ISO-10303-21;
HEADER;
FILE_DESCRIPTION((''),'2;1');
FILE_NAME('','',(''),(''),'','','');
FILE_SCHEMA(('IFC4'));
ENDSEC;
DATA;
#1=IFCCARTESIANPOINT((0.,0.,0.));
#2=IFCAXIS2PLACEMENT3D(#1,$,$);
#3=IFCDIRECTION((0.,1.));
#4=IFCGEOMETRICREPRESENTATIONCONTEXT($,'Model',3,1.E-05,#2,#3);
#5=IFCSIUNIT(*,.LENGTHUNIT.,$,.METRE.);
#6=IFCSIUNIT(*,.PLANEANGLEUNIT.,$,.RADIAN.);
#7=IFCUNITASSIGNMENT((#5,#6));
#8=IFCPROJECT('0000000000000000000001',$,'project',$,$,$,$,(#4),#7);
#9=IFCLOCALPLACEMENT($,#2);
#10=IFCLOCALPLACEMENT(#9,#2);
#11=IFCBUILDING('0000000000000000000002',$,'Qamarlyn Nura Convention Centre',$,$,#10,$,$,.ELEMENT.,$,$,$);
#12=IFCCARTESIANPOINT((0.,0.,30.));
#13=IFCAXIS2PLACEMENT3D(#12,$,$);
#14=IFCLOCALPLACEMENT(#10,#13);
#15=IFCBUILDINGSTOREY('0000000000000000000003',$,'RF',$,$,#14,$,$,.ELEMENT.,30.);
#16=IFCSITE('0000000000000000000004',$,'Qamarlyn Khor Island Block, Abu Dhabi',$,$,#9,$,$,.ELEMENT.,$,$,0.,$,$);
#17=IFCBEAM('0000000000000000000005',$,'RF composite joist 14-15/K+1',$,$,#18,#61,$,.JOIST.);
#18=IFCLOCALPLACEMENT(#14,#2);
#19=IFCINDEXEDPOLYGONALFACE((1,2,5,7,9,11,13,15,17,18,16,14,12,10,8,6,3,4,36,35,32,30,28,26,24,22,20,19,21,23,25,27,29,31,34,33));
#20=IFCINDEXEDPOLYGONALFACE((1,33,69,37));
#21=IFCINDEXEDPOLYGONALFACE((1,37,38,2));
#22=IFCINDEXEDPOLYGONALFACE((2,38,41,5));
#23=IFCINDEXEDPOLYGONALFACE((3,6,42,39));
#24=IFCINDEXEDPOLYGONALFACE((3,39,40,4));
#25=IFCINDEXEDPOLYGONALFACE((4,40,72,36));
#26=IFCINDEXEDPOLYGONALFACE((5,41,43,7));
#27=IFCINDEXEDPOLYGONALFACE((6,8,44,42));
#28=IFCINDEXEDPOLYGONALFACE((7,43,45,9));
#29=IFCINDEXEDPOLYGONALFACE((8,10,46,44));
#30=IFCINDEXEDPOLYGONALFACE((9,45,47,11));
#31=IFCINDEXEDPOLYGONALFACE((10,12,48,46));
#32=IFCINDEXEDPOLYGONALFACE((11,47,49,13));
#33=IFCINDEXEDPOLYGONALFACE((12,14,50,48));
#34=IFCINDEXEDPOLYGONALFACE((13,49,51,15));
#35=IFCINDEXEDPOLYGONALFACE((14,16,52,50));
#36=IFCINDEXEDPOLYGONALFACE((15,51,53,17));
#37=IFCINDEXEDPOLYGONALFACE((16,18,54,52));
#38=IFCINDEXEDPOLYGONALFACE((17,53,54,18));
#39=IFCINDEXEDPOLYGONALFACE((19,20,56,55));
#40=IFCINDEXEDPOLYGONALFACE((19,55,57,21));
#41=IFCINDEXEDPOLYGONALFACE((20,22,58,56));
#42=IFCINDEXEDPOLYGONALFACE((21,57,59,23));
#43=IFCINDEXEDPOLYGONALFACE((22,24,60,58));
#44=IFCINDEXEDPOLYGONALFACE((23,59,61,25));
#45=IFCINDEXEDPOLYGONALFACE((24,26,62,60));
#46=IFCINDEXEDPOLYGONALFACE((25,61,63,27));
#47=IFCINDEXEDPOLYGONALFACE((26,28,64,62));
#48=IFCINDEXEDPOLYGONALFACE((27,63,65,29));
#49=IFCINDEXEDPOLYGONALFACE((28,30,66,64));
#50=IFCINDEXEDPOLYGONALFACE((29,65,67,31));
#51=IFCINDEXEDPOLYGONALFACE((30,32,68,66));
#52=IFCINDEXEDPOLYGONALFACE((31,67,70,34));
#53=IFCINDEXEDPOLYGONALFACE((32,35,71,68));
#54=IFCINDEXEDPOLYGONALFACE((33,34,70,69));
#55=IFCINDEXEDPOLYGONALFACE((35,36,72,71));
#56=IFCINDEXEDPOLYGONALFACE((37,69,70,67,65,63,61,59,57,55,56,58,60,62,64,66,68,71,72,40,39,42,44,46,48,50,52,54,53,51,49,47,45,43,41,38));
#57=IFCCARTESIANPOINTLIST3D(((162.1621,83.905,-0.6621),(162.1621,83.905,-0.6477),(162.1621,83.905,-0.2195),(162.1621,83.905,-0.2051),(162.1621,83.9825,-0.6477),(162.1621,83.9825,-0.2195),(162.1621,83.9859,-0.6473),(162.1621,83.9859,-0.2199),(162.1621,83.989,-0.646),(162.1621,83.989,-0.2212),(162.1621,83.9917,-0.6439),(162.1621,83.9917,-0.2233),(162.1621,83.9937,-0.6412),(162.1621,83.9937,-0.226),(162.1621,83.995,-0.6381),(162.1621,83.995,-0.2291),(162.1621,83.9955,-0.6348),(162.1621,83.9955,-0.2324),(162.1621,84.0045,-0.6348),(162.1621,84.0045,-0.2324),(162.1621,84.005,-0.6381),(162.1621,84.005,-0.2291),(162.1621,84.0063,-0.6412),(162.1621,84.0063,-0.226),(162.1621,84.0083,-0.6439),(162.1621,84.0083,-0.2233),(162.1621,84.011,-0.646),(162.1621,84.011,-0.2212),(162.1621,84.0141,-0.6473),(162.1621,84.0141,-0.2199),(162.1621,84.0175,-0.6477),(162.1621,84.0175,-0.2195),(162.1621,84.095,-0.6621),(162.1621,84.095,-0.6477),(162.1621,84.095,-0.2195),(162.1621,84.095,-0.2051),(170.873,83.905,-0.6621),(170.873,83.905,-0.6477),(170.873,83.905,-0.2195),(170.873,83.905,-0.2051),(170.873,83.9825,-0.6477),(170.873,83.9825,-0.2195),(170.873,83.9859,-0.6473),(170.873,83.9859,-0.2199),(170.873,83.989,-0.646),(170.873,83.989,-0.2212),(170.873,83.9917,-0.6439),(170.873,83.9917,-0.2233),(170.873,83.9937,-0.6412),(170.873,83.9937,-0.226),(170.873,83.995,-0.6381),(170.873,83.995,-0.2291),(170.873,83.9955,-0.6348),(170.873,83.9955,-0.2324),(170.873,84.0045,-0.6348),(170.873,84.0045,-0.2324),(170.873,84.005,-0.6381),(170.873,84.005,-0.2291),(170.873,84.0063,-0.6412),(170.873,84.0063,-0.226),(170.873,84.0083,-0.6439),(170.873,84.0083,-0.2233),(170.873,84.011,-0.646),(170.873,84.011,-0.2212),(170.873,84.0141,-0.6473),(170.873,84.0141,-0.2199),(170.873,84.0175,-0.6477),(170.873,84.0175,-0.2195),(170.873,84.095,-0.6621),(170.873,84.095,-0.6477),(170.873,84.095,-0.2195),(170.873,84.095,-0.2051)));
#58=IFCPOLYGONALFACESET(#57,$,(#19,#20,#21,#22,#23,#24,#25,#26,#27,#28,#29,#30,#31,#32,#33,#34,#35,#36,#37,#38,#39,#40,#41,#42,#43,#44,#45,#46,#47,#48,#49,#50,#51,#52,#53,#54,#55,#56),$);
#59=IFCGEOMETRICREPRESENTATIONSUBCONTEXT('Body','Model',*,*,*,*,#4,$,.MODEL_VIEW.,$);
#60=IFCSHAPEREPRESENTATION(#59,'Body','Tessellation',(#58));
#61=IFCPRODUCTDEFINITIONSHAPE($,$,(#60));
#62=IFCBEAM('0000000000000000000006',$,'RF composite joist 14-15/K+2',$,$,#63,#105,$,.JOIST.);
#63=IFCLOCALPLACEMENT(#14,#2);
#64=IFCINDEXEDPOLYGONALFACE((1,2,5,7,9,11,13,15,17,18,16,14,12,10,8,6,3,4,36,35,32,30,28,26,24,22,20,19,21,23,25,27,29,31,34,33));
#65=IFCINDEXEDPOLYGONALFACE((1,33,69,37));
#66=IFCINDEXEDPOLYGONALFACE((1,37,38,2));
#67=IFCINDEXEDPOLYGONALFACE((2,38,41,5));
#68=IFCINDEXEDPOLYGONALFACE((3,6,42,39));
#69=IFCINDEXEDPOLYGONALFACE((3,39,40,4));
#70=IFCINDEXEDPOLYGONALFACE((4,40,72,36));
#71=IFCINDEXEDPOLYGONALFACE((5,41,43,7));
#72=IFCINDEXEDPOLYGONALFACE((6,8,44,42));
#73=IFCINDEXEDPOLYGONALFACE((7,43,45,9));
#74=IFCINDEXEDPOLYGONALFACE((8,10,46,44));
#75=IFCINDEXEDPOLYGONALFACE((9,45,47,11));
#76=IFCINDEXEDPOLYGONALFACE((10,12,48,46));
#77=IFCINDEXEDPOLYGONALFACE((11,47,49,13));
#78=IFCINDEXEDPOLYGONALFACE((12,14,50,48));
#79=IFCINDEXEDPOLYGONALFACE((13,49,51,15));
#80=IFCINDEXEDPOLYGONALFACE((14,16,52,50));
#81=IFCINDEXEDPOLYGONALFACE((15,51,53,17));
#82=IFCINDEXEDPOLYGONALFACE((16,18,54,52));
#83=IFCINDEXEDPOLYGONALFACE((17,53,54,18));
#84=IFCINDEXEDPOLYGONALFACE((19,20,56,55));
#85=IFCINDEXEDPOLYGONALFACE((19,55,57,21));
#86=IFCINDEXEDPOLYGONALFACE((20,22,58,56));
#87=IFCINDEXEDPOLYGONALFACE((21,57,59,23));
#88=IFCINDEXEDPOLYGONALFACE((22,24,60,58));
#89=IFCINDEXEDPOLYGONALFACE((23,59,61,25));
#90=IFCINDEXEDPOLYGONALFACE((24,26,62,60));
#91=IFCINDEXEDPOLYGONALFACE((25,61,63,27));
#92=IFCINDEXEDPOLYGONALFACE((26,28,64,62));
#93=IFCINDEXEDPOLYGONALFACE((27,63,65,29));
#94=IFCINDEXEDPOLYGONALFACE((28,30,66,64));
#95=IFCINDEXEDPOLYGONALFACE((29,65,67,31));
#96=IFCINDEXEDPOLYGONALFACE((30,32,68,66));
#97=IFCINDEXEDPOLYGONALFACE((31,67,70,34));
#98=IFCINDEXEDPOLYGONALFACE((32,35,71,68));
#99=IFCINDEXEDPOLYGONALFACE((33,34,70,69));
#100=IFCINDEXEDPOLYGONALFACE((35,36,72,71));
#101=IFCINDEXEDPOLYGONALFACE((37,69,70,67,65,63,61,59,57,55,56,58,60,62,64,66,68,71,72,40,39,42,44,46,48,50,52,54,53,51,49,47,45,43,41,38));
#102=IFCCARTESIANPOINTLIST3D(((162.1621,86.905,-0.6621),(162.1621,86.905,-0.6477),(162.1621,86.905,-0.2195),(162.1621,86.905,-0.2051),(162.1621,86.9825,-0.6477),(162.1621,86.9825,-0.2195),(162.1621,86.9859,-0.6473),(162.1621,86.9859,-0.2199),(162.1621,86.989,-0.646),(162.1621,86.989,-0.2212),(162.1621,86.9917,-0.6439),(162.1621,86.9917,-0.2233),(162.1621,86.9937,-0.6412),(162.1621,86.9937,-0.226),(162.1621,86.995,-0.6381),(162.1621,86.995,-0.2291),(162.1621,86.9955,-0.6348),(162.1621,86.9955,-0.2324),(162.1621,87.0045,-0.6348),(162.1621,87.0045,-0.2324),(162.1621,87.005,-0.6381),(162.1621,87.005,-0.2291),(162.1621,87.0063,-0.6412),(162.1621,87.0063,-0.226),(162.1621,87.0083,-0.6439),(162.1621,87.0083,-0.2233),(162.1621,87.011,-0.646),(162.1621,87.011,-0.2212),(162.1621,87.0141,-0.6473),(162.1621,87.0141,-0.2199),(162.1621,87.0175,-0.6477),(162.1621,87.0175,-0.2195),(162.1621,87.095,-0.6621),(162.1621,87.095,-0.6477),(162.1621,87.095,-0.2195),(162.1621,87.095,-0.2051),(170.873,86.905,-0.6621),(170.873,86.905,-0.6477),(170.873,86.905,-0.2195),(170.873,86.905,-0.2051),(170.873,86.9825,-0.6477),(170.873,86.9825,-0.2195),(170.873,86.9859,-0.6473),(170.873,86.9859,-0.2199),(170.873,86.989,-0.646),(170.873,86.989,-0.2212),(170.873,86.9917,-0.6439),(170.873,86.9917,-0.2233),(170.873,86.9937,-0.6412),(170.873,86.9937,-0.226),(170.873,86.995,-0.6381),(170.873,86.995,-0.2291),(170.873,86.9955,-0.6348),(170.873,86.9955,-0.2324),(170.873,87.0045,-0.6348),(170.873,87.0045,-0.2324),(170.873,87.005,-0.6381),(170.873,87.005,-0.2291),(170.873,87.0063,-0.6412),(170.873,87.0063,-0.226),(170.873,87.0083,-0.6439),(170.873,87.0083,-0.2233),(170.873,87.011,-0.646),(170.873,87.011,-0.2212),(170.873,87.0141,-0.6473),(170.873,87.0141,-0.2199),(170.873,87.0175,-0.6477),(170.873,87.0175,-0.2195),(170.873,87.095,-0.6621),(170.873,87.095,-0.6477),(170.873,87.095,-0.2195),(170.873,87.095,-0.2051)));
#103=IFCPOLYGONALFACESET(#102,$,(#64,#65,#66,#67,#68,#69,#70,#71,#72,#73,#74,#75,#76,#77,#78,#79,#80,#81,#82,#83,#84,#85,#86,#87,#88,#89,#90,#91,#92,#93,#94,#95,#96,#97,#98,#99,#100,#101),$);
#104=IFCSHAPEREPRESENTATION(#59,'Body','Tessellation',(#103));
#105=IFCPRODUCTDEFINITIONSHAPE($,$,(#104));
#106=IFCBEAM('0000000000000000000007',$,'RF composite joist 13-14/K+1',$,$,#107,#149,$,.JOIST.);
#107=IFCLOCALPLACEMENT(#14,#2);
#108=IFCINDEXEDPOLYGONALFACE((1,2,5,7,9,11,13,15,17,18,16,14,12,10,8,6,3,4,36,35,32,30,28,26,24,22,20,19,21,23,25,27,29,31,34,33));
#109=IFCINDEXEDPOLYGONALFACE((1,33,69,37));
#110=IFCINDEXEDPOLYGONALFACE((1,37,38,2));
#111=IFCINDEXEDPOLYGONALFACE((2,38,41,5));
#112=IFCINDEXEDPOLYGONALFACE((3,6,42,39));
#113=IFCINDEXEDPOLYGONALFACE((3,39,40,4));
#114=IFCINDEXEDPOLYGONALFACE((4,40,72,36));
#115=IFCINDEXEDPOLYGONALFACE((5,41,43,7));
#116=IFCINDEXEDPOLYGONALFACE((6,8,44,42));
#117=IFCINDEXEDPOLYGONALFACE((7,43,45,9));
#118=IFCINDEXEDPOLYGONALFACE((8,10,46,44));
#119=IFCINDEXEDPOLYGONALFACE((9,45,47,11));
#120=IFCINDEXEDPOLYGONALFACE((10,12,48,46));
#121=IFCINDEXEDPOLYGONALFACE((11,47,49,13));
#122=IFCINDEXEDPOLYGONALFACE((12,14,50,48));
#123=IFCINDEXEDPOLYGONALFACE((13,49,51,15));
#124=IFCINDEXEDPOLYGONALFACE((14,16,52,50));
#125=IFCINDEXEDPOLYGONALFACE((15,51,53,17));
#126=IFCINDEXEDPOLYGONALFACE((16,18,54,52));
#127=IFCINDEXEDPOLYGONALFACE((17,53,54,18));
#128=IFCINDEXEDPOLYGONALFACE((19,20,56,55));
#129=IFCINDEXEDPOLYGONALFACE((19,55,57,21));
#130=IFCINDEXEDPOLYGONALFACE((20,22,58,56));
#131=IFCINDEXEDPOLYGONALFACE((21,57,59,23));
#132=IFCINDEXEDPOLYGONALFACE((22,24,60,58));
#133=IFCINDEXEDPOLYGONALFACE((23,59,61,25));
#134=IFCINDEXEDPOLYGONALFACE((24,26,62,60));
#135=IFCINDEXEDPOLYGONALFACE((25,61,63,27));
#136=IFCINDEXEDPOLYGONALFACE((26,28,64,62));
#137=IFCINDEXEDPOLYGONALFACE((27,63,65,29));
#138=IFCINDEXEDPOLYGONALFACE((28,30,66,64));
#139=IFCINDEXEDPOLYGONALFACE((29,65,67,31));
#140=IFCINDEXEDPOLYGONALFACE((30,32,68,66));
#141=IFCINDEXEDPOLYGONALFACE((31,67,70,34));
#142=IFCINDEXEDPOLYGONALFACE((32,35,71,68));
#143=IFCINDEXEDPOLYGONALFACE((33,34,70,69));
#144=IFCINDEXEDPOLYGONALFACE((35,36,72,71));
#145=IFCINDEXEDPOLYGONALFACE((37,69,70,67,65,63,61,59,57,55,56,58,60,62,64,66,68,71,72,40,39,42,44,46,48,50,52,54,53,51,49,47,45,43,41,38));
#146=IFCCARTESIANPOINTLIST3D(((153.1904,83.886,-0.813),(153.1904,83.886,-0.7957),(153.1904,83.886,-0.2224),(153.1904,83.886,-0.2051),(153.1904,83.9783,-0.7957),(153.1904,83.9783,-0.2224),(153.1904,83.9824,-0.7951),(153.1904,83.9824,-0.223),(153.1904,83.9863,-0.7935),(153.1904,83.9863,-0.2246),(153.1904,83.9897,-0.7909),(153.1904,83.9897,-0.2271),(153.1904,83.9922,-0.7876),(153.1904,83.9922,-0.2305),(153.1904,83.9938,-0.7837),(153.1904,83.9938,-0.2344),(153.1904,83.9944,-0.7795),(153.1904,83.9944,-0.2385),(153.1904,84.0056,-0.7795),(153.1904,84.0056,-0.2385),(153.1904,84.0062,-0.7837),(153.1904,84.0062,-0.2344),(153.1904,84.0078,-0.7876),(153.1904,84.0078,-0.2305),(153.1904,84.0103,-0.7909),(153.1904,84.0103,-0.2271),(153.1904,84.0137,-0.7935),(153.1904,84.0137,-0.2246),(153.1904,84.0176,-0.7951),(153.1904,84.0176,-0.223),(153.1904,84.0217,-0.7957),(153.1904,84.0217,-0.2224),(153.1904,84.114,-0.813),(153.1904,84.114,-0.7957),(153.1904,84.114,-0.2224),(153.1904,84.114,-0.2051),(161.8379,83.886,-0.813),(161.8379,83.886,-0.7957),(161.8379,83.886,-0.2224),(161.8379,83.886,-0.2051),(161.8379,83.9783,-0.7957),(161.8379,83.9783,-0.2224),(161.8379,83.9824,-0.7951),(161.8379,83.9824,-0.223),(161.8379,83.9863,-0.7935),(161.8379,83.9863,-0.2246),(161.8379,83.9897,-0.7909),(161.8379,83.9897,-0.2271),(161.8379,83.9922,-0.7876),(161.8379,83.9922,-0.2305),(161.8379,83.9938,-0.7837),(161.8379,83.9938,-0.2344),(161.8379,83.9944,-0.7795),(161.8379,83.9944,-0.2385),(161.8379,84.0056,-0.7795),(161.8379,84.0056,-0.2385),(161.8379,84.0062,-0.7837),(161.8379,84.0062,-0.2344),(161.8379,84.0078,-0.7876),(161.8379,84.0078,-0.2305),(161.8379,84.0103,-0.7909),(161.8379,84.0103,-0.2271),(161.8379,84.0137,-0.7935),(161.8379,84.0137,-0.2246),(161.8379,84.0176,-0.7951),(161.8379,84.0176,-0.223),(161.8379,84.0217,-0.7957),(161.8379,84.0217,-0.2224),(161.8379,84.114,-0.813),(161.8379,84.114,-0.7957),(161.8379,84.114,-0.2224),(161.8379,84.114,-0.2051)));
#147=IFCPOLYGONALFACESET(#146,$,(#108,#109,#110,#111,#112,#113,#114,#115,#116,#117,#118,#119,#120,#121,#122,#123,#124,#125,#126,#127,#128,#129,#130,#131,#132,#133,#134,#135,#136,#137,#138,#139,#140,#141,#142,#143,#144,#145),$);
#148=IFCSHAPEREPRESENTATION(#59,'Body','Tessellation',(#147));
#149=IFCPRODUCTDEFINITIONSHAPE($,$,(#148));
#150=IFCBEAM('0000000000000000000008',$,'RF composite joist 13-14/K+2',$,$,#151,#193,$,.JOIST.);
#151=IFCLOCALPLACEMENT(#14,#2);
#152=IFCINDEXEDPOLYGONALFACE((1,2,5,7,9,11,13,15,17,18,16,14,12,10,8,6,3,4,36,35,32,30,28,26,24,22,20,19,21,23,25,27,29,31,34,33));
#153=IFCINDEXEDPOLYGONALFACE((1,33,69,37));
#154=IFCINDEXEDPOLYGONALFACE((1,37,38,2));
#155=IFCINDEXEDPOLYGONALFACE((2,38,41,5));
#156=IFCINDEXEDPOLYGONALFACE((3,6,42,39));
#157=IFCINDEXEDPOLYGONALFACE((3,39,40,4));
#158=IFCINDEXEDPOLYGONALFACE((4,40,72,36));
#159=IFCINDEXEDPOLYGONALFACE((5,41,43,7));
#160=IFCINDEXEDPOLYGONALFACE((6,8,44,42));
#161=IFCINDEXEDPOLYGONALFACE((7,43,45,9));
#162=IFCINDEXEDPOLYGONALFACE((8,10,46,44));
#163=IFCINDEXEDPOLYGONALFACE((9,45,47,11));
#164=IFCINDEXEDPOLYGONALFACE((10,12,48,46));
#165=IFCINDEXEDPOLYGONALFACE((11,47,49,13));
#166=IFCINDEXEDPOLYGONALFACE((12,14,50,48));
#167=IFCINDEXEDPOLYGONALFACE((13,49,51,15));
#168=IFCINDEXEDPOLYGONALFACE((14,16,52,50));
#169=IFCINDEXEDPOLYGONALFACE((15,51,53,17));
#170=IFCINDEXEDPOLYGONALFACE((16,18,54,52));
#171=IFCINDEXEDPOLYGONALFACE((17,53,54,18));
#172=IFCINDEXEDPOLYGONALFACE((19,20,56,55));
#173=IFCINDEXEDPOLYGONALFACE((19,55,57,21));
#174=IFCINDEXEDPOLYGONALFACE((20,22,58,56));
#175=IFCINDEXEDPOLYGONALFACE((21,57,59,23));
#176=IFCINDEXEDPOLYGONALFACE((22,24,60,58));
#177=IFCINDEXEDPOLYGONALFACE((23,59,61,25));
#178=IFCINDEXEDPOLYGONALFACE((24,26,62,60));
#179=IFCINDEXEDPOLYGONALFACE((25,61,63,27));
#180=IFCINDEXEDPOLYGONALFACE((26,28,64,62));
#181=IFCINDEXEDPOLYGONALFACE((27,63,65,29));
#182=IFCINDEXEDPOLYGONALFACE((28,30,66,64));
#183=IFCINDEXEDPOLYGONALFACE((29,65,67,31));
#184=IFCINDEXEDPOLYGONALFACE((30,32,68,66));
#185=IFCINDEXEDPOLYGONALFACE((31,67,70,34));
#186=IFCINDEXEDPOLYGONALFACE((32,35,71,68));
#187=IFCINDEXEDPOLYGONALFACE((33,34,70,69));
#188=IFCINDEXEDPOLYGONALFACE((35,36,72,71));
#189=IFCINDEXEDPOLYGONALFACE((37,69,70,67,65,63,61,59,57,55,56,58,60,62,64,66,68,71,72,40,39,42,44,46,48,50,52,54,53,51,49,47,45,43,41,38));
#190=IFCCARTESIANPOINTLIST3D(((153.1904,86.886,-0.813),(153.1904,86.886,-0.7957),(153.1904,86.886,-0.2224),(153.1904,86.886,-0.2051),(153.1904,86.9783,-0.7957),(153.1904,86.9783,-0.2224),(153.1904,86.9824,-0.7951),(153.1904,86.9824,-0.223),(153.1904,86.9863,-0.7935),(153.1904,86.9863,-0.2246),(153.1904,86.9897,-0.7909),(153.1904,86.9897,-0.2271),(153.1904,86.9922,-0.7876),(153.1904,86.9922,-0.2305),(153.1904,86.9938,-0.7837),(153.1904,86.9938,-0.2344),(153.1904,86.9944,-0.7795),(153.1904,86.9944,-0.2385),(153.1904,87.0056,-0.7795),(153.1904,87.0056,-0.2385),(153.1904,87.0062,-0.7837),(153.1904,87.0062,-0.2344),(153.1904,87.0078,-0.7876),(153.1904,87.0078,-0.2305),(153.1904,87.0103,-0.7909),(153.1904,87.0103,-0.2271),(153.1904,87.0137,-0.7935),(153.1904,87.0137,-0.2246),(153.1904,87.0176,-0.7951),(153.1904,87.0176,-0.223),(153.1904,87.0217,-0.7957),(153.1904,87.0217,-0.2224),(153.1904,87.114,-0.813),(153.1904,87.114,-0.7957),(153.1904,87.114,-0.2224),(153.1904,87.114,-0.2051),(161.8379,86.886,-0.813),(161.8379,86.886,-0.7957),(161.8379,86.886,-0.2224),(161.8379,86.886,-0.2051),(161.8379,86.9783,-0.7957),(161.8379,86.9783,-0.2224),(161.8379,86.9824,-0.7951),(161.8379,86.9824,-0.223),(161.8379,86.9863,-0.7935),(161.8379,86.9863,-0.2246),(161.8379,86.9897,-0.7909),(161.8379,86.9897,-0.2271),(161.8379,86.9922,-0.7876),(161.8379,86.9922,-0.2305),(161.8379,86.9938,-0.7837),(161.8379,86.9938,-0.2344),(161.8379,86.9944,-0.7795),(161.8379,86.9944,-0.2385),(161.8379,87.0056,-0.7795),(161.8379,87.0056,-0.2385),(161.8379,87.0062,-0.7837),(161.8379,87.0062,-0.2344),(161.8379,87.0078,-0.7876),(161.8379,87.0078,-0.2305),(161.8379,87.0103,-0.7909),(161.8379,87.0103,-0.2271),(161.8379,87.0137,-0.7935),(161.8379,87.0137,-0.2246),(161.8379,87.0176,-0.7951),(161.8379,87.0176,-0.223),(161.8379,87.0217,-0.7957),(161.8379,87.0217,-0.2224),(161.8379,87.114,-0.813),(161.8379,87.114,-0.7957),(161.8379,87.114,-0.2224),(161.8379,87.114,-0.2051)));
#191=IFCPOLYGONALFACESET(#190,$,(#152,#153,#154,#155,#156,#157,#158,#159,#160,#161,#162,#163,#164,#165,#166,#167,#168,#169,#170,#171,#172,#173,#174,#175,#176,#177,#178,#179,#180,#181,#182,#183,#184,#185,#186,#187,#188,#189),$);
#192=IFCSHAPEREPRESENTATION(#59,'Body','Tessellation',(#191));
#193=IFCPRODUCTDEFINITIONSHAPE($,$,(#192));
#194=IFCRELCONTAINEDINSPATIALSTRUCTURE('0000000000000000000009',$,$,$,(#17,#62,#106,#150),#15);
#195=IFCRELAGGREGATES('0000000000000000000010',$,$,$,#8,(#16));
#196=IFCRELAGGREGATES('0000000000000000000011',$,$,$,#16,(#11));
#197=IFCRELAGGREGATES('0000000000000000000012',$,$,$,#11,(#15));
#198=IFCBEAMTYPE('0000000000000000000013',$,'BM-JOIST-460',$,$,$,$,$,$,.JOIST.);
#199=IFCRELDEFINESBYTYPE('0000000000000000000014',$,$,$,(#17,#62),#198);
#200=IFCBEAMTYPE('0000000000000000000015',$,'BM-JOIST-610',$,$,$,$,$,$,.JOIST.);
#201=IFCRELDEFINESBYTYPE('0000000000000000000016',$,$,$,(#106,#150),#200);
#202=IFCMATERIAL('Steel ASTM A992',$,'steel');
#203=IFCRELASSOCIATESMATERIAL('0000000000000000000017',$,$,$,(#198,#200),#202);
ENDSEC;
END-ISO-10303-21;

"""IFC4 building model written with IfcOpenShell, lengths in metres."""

from ifc_helpers import new_model, si_unit, direction, frame, origin, origin_2d, place, context, subcontext, project, spatial, i_section, extrude, material, material_profile, profile_set, type_object, element, save


model = new_model("IFC4")

# Units and contexts
model_context = context("Model", 3, precision=1e-05, world=origin(), true_north=direction((0.0, 1.0)))
body_context = subcontext(model_context, "Body", "Model", "MODEL_VIEW")
ifc_project = project(units=[si_unit("LENGTHUNIT", "METRE"), si_unit("PLANEANGLEUNIT", "RADIAN")], contexts=[model_context])

# Site, building, storey
site_placement = place(None, origin())
site = spatial("IfcSite", under=ifc_project, at=site_placement, Name="Qamarlyn Khor Island Block, Abu Dhabi", CompositionType="ELEMENT", RefElevation=0.0)
building_placement = place(site_placement, origin())
building = spatial("IfcBuilding", under=site, at=building_placement, Name="Qamarlyn Nura Convention Centre", CompositionType="ELEMENT")
storey_placement = place(building_placement, frame((0.0, 0.0, 30.0)))
storey = spatial("IfcBuildingStorey", under=building, at=storey_placement, Name="RF", CompositionType="ELEMENT", Elevation=30.0)

# Beams
ifc_material_1 = material(Name="Steel ASTM A992", Category="steel")
ifc_material_profile_1 = material_profile(ifc_material_1, i_section(OverallWidth=0.1899, OverallDepth=0.457, WebThickness=0.009, FlangeThickness=0.0144, FilletRadius=0.0129, at=origin_2d()), Name="W460X74")
ifc_profile_set_1 = profile_set([ifc_material_profile_1], Name="Steel ASTM A992")
beam_type_1 = type_object("IfcBeamType", Name="BM-JOIST-460", PredefinedType="JOIST", material=ifc_profile_set_1)
for number, where, z_axis, x_axis, name in (
    (1, (162.1621, 84.0, -0.4336), (1.0, 0.0, 0.0), (0.0, 1.0, 0.0), "RF composite joist 14-15/K+1"),
    (2, (162.1621, 87.0, -0.4336), (1.0, 0.0, 0.0), (0.0, 1.0, 0.0), "RF composite joist 14-15/K+2"),
):
    element("IfcBeam", number, at=place(storey_placement, frame(where, z_axis=z_axis, x_axis=x_axis)), inside=storey, type_object=beam_type_1, Name=name, PredefinedType="JOIST", context=body_context, shape_type="SweptSolid", body=[
        extrude(i_section(OverallWidth=0.1899, OverallDepth=0.457, WebThickness=0.009, FlangeThickness=0.0144, FilletRadius=0.0129, at=origin_2d()), origin(), (0.0, 0.0, 1.0), 8.7109),
    ])
ifc_material_profile_2 = material_profile(ifc_material_1, i_section(OverallWidth=0.228, OverallDepth=0.6079, WebThickness=0.0112, FlangeThickness=0.0173, FilletRadius=0.0161, at=origin_2d()), Name="W610X113")
ifc_profile_set_2 = profile_set([ifc_material_profile_2], Name="Steel ASTM A992")
beam_type_2 = type_object("IfcBeamType", Name="BM-JOIST-610", PredefinedType="JOIST", material=ifc_profile_set_2)
for number, where, z_axis, x_axis, name in (
    (3, (153.1904, 84.0, -0.509), (1.0, 0.0, 0.0), (0.0, 1.0, 0.0), "RF composite joist 13-14/K+1"),
    (4, (153.1904, 87.0, -0.509), (1.0, 0.0, 0.0), (0.0, 1.0, 0.0), "RF composite joist 13-14/K+2"),
):
    element("IfcBeam", number, at=place(storey_placement, frame(where, z_axis=z_axis, x_axis=x_axis)), inside=storey, type_object=beam_type_2, Name=name, PredefinedType="JOIST", context=body_context, shape_type="SweptSolid", body=[
        extrude(i_section(OverallWidth=0.228, OverallDepth=0.6079, WebThickness=0.0112, FlangeThickness=0.0173, FilletRadius=0.0161, at=origin_2d()), origin(), (0.0, 0.0, 1.0), 8.6475),
    ])

save(model, "model.ifc")
